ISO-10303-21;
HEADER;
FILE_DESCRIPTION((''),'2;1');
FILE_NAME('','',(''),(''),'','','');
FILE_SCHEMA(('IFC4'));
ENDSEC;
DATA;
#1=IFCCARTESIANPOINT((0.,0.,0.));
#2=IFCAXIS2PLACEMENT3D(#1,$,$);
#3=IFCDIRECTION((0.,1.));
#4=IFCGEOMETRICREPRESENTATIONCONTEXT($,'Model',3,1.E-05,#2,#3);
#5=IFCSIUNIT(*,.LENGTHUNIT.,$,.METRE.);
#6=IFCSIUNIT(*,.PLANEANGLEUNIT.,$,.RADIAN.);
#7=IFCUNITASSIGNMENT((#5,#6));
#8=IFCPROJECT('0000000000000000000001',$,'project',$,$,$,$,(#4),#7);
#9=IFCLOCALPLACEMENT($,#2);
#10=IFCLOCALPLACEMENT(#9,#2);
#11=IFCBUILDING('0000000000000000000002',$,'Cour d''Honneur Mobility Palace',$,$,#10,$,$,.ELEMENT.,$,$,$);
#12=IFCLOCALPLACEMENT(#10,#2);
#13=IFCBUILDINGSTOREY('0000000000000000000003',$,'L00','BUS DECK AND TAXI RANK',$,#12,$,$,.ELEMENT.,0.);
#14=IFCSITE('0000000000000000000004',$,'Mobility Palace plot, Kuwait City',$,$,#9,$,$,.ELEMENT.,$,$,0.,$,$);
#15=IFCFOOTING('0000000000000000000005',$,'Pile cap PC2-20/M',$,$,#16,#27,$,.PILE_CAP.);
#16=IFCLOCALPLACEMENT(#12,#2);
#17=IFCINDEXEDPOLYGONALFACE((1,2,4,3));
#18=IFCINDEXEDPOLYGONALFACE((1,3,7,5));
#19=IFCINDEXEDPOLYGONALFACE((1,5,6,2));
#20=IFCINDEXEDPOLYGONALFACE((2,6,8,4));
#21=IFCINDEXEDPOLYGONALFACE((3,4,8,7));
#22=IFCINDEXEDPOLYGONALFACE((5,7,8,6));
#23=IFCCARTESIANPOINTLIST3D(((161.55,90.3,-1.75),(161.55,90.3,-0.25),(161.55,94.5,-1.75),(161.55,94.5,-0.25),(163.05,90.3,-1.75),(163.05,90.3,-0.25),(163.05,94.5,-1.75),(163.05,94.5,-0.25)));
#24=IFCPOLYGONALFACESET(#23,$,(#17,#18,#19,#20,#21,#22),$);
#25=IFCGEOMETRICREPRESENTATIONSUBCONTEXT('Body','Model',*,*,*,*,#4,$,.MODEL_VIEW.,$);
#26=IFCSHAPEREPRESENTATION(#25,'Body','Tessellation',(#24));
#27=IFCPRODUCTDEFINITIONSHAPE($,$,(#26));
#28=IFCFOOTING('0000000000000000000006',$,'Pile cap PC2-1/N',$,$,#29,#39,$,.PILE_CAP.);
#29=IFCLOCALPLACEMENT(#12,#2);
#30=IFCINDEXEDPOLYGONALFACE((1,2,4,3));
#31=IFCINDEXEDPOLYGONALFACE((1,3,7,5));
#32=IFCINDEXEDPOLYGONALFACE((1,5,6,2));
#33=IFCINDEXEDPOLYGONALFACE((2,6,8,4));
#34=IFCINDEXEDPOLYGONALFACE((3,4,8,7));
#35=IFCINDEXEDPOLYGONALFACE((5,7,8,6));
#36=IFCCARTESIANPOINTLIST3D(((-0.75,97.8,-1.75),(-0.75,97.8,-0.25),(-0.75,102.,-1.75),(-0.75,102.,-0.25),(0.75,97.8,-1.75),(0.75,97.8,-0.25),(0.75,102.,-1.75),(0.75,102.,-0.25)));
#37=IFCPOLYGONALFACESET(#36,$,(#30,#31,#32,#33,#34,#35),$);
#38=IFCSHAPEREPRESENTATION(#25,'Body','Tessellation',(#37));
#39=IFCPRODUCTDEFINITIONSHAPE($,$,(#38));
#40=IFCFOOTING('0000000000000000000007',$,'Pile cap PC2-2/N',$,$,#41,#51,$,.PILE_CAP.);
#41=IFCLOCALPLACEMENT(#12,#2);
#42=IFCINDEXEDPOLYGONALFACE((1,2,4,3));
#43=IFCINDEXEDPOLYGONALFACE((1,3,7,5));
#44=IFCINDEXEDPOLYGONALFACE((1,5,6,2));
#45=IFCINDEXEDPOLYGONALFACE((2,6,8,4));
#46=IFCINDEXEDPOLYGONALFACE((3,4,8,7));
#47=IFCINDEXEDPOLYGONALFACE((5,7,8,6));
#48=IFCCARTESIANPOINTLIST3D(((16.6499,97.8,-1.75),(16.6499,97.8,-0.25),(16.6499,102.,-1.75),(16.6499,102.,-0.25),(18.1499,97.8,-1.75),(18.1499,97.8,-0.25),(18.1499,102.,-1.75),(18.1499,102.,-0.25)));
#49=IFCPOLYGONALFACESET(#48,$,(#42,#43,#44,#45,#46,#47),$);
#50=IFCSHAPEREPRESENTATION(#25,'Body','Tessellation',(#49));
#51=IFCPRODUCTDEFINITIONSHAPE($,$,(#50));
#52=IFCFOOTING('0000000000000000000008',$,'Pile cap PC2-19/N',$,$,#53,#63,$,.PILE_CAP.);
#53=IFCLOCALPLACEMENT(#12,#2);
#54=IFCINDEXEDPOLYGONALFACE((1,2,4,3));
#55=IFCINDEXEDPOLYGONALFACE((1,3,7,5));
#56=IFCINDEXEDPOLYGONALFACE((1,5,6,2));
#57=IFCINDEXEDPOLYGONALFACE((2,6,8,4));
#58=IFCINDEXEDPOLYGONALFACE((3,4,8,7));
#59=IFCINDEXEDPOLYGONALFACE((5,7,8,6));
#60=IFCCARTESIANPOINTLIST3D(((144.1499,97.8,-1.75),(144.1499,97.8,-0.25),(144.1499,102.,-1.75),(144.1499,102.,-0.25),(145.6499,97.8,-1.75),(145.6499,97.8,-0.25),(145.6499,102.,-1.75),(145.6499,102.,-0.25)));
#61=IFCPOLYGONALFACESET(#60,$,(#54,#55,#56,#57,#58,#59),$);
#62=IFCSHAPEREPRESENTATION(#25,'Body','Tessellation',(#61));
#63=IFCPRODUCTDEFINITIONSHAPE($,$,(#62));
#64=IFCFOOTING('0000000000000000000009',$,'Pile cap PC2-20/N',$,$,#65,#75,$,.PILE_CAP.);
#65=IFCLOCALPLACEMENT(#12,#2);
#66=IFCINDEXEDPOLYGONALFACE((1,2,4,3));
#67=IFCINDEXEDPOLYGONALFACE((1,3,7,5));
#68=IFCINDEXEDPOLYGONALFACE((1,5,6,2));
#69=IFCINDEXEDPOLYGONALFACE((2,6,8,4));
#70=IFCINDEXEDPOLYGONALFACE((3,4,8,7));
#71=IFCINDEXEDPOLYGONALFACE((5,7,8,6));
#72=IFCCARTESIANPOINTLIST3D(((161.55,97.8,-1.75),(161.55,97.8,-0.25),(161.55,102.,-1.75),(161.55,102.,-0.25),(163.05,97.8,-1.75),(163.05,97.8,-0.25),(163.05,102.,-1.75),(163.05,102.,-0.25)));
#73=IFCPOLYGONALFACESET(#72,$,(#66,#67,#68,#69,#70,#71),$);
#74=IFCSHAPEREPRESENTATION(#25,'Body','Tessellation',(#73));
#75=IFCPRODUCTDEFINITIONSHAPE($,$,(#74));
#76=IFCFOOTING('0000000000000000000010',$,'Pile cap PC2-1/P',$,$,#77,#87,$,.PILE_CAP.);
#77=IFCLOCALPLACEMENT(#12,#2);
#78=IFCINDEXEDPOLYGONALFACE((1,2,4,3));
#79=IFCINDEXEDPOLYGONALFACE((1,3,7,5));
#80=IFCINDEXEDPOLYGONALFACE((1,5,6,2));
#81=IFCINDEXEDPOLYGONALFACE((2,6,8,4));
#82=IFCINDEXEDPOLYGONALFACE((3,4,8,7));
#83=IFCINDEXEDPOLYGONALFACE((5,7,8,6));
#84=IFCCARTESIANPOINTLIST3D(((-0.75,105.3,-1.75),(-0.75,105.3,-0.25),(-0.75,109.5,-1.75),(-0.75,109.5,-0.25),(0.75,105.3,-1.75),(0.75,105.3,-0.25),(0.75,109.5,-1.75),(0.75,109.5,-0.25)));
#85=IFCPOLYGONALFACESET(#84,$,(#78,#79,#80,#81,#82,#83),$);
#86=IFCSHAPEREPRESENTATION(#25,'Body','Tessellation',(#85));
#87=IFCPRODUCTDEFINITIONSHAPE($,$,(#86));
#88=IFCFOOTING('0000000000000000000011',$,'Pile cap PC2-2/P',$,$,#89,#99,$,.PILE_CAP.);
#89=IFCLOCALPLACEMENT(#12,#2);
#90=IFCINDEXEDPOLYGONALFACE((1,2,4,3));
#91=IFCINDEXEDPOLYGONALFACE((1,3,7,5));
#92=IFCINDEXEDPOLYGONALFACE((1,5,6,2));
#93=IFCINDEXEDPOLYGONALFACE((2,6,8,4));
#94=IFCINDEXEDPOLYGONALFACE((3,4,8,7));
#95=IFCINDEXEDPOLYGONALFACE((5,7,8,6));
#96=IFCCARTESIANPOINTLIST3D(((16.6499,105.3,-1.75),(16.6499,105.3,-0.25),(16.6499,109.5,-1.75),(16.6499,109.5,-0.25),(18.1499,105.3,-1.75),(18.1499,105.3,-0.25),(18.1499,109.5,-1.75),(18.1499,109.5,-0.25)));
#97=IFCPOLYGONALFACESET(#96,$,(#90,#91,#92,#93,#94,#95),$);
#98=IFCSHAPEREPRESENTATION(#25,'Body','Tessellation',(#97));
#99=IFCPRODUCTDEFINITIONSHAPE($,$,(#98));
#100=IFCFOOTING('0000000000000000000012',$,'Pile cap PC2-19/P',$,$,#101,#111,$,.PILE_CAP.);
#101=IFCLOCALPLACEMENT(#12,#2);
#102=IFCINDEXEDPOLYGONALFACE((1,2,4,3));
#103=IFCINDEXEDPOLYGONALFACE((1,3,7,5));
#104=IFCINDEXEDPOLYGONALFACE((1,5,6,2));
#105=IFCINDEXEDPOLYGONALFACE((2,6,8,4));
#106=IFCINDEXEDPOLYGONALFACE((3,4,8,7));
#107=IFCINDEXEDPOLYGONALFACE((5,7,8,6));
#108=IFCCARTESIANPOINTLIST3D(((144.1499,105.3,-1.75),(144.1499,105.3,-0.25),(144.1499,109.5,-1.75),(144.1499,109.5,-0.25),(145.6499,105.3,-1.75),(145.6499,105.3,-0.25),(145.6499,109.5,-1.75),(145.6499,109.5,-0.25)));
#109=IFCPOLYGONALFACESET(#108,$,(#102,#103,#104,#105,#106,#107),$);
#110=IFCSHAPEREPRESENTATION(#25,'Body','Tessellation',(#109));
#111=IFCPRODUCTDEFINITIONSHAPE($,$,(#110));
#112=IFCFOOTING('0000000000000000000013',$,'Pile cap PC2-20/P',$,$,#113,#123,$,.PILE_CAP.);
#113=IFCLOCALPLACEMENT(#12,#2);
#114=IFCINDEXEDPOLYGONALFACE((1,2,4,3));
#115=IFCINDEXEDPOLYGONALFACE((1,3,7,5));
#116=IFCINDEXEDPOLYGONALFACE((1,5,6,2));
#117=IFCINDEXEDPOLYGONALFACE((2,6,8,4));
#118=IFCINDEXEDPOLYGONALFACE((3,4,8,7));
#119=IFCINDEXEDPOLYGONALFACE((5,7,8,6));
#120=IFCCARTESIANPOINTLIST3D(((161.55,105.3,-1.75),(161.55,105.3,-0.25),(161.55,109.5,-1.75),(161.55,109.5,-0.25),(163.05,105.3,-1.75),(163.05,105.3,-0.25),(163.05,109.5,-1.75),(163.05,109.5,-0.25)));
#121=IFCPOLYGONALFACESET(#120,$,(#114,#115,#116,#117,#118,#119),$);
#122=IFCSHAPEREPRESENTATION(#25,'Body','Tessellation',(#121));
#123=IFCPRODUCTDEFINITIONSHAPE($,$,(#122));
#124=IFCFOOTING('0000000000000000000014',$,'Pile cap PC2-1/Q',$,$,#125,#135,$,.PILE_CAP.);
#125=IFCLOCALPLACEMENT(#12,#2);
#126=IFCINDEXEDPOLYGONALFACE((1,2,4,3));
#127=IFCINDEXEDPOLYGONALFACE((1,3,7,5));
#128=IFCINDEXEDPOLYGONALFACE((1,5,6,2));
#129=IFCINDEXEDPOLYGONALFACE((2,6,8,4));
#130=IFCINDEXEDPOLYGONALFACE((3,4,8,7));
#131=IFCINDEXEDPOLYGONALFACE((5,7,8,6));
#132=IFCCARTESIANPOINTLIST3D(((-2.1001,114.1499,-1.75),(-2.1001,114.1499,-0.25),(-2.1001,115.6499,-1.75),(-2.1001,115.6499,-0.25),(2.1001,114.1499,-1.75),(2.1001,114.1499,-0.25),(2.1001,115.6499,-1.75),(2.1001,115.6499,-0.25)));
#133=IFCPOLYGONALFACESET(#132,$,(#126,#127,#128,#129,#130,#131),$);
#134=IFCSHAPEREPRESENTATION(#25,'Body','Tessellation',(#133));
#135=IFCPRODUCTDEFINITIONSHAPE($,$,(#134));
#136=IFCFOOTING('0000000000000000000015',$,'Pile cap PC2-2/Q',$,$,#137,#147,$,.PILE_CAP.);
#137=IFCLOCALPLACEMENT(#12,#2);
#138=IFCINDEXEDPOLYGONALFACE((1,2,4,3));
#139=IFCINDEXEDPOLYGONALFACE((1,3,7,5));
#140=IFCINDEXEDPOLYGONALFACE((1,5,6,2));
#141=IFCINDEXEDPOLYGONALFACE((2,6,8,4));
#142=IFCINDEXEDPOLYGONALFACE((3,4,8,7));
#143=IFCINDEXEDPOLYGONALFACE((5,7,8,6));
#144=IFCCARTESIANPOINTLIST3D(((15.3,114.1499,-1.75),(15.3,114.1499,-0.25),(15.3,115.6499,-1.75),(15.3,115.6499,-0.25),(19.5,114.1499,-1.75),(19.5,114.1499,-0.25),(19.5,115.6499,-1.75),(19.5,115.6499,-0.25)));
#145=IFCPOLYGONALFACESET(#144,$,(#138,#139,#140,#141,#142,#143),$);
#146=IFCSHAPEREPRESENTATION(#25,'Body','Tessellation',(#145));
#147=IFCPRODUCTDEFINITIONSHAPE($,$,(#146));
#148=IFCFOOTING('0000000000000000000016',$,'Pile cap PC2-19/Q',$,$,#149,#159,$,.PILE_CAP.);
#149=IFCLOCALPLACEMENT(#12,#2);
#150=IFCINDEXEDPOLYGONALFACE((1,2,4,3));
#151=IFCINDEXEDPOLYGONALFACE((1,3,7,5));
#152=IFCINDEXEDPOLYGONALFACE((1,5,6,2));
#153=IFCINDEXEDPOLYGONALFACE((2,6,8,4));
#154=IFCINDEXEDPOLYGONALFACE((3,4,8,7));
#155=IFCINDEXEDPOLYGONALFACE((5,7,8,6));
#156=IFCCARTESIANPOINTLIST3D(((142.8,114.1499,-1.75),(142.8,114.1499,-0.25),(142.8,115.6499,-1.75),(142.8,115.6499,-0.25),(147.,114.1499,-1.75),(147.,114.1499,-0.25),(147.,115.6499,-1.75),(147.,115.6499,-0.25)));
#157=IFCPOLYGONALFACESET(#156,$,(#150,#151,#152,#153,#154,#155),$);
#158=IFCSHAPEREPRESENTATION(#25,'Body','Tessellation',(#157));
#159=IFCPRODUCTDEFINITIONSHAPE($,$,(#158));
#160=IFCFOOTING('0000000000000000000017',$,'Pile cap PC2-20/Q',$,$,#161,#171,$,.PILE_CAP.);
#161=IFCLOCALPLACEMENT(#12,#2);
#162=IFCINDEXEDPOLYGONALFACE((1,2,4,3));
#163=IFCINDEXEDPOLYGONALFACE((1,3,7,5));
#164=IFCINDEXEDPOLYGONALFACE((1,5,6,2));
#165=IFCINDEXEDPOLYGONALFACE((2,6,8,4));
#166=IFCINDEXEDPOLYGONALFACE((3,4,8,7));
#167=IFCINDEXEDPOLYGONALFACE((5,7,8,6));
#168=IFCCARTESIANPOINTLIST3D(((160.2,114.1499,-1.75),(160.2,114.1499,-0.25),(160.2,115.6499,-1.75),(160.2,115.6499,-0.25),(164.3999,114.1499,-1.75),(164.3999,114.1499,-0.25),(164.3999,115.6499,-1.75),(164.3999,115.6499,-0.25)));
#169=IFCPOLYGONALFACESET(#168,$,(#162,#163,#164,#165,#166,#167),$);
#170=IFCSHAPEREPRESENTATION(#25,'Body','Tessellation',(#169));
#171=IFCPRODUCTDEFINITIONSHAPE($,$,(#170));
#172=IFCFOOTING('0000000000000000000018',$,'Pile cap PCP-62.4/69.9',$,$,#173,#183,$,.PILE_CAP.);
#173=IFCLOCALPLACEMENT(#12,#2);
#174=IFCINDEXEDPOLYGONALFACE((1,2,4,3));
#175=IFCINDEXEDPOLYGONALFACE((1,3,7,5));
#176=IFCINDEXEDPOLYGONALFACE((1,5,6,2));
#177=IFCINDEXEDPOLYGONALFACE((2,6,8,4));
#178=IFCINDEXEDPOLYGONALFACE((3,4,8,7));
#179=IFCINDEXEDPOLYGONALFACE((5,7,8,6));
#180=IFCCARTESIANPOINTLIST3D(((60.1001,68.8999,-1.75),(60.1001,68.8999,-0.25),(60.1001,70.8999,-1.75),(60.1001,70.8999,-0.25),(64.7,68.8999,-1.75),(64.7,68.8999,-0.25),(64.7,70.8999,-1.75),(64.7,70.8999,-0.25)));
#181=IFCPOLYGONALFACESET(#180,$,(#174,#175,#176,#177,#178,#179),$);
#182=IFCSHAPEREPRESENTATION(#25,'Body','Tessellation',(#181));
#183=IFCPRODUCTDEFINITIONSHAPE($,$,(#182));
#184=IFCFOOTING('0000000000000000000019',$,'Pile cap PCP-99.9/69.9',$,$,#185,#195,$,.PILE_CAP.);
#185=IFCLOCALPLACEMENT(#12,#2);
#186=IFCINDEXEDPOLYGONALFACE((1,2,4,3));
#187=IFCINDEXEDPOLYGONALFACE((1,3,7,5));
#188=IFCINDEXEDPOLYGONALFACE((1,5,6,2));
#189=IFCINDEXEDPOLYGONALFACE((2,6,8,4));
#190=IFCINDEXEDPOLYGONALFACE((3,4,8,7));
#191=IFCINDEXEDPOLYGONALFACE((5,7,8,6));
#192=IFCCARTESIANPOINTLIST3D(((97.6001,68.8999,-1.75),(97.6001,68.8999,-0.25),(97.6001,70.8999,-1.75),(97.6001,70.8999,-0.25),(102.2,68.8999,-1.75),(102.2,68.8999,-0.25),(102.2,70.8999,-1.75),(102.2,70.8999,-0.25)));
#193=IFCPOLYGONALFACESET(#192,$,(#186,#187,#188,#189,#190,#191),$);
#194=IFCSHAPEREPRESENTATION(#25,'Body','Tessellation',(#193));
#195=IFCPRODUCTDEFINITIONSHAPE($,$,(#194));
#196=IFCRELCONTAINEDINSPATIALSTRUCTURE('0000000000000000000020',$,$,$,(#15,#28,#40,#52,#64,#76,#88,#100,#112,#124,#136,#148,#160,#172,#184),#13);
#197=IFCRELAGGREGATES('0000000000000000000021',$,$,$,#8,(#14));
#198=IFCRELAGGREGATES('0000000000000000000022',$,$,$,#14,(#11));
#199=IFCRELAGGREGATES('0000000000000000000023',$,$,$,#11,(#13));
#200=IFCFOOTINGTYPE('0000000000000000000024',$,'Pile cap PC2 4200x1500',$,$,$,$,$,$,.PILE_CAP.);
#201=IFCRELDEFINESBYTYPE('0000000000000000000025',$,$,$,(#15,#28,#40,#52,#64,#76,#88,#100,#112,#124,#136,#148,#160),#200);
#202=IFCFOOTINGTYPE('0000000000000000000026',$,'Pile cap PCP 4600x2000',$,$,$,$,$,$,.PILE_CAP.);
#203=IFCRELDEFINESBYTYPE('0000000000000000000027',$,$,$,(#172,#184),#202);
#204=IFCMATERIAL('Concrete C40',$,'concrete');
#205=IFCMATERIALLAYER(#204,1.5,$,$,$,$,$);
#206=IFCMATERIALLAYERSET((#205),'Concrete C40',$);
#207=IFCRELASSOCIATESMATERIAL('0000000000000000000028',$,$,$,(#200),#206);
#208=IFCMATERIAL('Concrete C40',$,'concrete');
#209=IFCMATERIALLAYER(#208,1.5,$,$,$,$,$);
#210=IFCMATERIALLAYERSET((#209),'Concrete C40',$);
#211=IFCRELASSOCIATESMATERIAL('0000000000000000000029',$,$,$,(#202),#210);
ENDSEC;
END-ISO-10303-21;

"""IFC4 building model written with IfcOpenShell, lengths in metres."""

from ifc_helpers import new_model, si_unit, direction, frame, origin, place, context, subcontext, project, spatial, polyline, outline, extrude, material, layer, layer_set, type_object, element, save


model = new_model("IFC4")

# Units and contexts
model_context = context("Model", 3, precision=1e-05, world=origin(), true_north=direction((0.0, 1.0)))
body_context = subcontext(model_context, "Body", "Model", "MODEL_VIEW")
ifc_project = project(units=[si_unit("LENGTHUNIT", "METRE"), si_unit("PLANEANGLEUNIT", "RADIAN")], contexts=[model_context])

# Site, building, storey
site_placement = place(None, origin())
site = spatial("IfcSite", under=ifc_project, at=site_placement, Name="Mobility Palace plot, Kuwait City", CompositionType="ELEMENT", RefElevation=0.0)
building_placement = place(site_placement, origin())
building = spatial("IfcBuilding", under=site, at=building_placement, Name="Cour d'Honneur Mobility Palace", CompositionType="ELEMENT")
storey_placement = place(building_placement, origin())
storey = spatial("IfcBuildingStorey", under=building, at=storey_placement, Name="L00", Description="BUS DECK AND TAXI RANK", CompositionType="ELEMENT", Elevation=0.0)

# Footings
ifc_material_1 = material(Name="Concrete C40", Category="concrete")
ifc_layer_1 = layer(ifc_material_1, 1.5)
ifc_layer_set_1 = layer_set([ifc_layer_1], Name="Concrete C40")
footing_type_1 = type_object("IfcFootingType", Name="Pile cap PC2 4200x1500", PredefinedType="PILE_CAP", material=ifc_layer_set_1)
footing_1_placement = place(storey_placement, frame((0.0, 0.0, -1.75)))
element("IfcFooting", 1, at=footing_1_placement, inside=storey, type_object=footing_type_1, Name="Pile cap PC2-20/M", PredefinedType="PILE_CAP", context=body_context, shape_type="SweptSolid", body=[
    extrude(outline(polyline([(161.55, 90.3), (163.05, 90.3), (163.05, 94.5), (161.55, 94.5), (161.55, 90.3)])), origin(), (0.0, 0.0, 1.0), 1.5),
])
footing_2_placement = place(storey_placement, frame((0.0, 0.0, -1.75)))
element("IfcFooting", 2, at=footing_2_placement, inside=storey, type_object=footing_type_1, Name="Pile cap PC2-1/N", PredefinedType="PILE_CAP", context=body_context, shape_type="SweptSolid", body=[
    extrude(outline(polyline([(-0.75, 97.8), (0.75, 97.8), (0.75, 102.0), (-0.75, 102.0), (-0.75, 97.8)])), origin(), (0.0, 0.0, 1.0), 1.5),
])
footing_3_placement = place(storey_placement, frame((0.0, 0.0, -1.75)))
element("IfcFooting", 3, at=footing_3_placement, inside=storey, type_object=footing_type_1, Name="Pile cap PC2-2/N", PredefinedType="PILE_CAP", context=body_context, shape_type="SweptSolid", body=[
    extrude(outline(polyline([(16.6499, 97.8), (18.1499, 97.8), (18.1499, 102.0), (16.6499, 102.0), (16.6499, 97.8)])), origin(), (0.0, 0.0, 1.0), 1.5),
])
footing_4_placement = place(storey_placement, frame((0.0, 0.0, -1.75)))
element("IfcFooting", 4, at=footing_4_placement, inside=storey, type_object=footing_type_1, Name="Pile cap PC2-19/N", PredefinedType="PILE_CAP", context=body_context, shape_type="SweptSolid", body=[
    extrude(outline(polyline([(144.1499, 97.8), (145.6499, 97.8), (145.6499, 102.0), (144.1499, 102.0), (144.1499, 97.8)])), origin(), (0.0, 0.0, 1.0), 1.5),
])
footing_5_placement = place(storey_placement, frame((0.0, 0.0, -1.75)))
element("IfcFooting", 5, at=footing_5_placement, inside=storey, type_object=footing_type_1, Name="Pile cap PC2-20/N", PredefinedType="PILE_CAP", context=body_context, shape_type="SweptSolid", body=[
    extrude(outline(polyline([(161.55, 97.8), (163.05, 97.8), (163.05, 102.0), (161.55, 102.0), (161.55, 97.8)])), origin(), (0.0, 0.0, 1.0), 1.5),
])
footing_6_placement = place(storey_placement, frame((0.0, 0.0, -1.75)))
element("IfcFooting", 6, at=footing_6_placement, inside=storey, type_object=footing_type_1, Name="Pile cap PC2-1/P", PredefinedType="PILE_CAP", context=body_context, shape_type="SweptSolid", body=[
    extrude(outline(polyline([(-0.75, 105.3), (0.75, 105.3), (0.75, 109.5), (-0.75, 109.5), (-0.75, 105.3)])), origin(), (0.0, 0.0, 1.0), 1.5),
])
footing_7_placement = place(storey_placement, frame((0.0, 0.0, -1.75)))
element("IfcFooting", 7, at=footing_7_placement, inside=storey, type_object=footing_type_1, Name="Pile cap PC2-2/P", PredefinedType="PILE_CAP", context=body_context, shape_type="SweptSolid", body=[
    extrude(outline(polyline([(16.6499, 105.3), (18.1499, 105.3), (18.1499, 109.5), (16.6499, 109.5), (16.6499, 105.3)])), origin(), (0.0, 0.0, 1.0), 1.5),
])
footing_8_placement = place(storey_placement, frame((0.0, 0.0, -1.75)))
element("IfcFooting", 8, at=footing_8_placement, inside=storey, type_object=footing_type_1, Name="Pile cap PC2-19/P", PredefinedType="PILE_CAP", context=body_context, shape_type="SweptSolid", body=[
    extrude(outline(polyline([(144.1499, 105.3), (145.6499, 105.3), (145.6499, 109.5), (144.1499, 109.5), (144.1499, 105.3)])), origin(), (0.0, 0.0, 1.0), 1.5),
])
footing_9_placement = place(storey_placement, frame((0.0, 0.0, -1.75)))
element("IfcFooting", 9, at=footing_9_placement, inside=storey, type_object=footing_type_1, Name="Pile cap PC2-20/P", PredefinedType="PILE_CAP", context=body_context, shape_type="SweptSolid", body=[
    extrude(outline(polyline([(161.55, 105.3), (163.05, 105.3), (163.05, 109.5), (161.55, 109.5), (161.55, 105.3)])), origin(), (0.0, 0.0, 1.0), 1.5),
])
footing_10_placement = place(storey_placement, frame((0.0, 0.0, -1.75)))
element("IfcFooting", 10, at=footing_10_placement, inside=storey, type_object=footing_type_1, Name="Pile cap PC2-1/Q", PredefinedType="PILE_CAP", context=body_context, shape_type="SweptSolid", body=[
    extrude(outline(polyline([(-2.1001, 114.1499), (2.1001, 114.1499), (2.1001, 115.6499), (-2.1001, 115.6499), (-2.1001, 114.1499)])), origin(), (0.0, 0.0, 1.0), 1.5),
])
footing_11_placement = place(storey_placement, frame((0.0, 0.0, -1.75)))
element("IfcFooting", 11, at=footing_11_placement, inside=storey, type_object=footing_type_1, Name="Pile cap PC2-2/Q", PredefinedType="PILE_CAP", context=body_context, shape_type="SweptSolid", body=[
    extrude(outline(polyline([(15.3, 114.1499), (19.5, 114.1499), (19.5, 115.6499), (15.3, 115.6499), (15.3, 114.1499)])), origin(), (0.0, 0.0, 1.0), 1.5),
])
footing_12_placement = place(storey_placement, frame((0.0, 0.0, -1.75)))
element("IfcFooting", 12, at=footing_12_placement, inside=storey, type_object=footing_type_1, Name="Pile cap PC2-19/Q", PredefinedType="PILE_CAP", context=body_context, shape_type="SweptSolid", body=[
    extrude(outline(polyline([(142.8, 114.1499), (147.0, 114.1499), (147.0, 115.6499), (142.8, 115.6499), (142.8, 114.1499)])), origin(), (0.0, 0.0, 1.0), 1.5),
])
footing_13_placement = place(storey_placement, frame((0.0, 0.0, -1.75)))
element("IfcFooting", 13, at=footing_13_placement, inside=storey, type_object=footing_type_1, Name="Pile cap PC2-20/Q", PredefinedType="PILE_CAP", context=body_context, shape_type="SweptSolid", body=[
    extrude(outline(polyline([(160.2, 114.1499), (164.3999, 114.1499), (164.3999, 115.6499), (160.2, 115.6499), (160.2, 114.1499)])), origin(), (0.0, 0.0, 1.0), 1.5),
])
ifc_material_2 = material(Name="Concrete C40", Category="concrete")
ifc_layer_2 = layer(ifc_material_2, 1.5)
ifc_layer_set_2 = layer_set([ifc_layer_2], Name="Concrete C40")
footing_type_2 = type_object("IfcFootingType", Name="Pile cap PCP 4600x2000", PredefinedType="PILE_CAP", material=ifc_layer_set_2)
footing_14_placement = place(storey_placement, frame((0.0, 0.0, -1.75)))
element("IfcFooting", 14, at=footing_14_placement, inside=storey, type_object=footing_type_2, Name="Pile cap PCP-62.4/69.9", PredefinedType="PILE_CAP", context=body_context, shape_type="SweptSolid", body=[
    extrude(outline(polyline([(60.1001, 68.8999), (64.7, 68.8999), (64.7, 70.8999), (60.1001, 70.8999), (60.1001, 68.8999)])), origin(), (0.0, 0.0, 1.0), 1.5),
])
footing_15_placement = place(storey_placement, frame((0.0, 0.0, -1.75)))
element("IfcFooting", 15, at=footing_15_placement, inside=storey, type_object=footing_type_2, Name="Pile cap PCP-99.9/69.9", PredefinedType="PILE_CAP", context=body_context, shape_type="SweptSolid", body=[
    extrude(outline(polyline([(97.6001, 68.8999), (102.2, 68.8999), (102.2, 70.8999), (97.6001, 70.8999), (97.6001, 68.8999)])), origin(), (0.0, 0.0, 1.0), 1.5),
])

save(model, "model.ifc")
